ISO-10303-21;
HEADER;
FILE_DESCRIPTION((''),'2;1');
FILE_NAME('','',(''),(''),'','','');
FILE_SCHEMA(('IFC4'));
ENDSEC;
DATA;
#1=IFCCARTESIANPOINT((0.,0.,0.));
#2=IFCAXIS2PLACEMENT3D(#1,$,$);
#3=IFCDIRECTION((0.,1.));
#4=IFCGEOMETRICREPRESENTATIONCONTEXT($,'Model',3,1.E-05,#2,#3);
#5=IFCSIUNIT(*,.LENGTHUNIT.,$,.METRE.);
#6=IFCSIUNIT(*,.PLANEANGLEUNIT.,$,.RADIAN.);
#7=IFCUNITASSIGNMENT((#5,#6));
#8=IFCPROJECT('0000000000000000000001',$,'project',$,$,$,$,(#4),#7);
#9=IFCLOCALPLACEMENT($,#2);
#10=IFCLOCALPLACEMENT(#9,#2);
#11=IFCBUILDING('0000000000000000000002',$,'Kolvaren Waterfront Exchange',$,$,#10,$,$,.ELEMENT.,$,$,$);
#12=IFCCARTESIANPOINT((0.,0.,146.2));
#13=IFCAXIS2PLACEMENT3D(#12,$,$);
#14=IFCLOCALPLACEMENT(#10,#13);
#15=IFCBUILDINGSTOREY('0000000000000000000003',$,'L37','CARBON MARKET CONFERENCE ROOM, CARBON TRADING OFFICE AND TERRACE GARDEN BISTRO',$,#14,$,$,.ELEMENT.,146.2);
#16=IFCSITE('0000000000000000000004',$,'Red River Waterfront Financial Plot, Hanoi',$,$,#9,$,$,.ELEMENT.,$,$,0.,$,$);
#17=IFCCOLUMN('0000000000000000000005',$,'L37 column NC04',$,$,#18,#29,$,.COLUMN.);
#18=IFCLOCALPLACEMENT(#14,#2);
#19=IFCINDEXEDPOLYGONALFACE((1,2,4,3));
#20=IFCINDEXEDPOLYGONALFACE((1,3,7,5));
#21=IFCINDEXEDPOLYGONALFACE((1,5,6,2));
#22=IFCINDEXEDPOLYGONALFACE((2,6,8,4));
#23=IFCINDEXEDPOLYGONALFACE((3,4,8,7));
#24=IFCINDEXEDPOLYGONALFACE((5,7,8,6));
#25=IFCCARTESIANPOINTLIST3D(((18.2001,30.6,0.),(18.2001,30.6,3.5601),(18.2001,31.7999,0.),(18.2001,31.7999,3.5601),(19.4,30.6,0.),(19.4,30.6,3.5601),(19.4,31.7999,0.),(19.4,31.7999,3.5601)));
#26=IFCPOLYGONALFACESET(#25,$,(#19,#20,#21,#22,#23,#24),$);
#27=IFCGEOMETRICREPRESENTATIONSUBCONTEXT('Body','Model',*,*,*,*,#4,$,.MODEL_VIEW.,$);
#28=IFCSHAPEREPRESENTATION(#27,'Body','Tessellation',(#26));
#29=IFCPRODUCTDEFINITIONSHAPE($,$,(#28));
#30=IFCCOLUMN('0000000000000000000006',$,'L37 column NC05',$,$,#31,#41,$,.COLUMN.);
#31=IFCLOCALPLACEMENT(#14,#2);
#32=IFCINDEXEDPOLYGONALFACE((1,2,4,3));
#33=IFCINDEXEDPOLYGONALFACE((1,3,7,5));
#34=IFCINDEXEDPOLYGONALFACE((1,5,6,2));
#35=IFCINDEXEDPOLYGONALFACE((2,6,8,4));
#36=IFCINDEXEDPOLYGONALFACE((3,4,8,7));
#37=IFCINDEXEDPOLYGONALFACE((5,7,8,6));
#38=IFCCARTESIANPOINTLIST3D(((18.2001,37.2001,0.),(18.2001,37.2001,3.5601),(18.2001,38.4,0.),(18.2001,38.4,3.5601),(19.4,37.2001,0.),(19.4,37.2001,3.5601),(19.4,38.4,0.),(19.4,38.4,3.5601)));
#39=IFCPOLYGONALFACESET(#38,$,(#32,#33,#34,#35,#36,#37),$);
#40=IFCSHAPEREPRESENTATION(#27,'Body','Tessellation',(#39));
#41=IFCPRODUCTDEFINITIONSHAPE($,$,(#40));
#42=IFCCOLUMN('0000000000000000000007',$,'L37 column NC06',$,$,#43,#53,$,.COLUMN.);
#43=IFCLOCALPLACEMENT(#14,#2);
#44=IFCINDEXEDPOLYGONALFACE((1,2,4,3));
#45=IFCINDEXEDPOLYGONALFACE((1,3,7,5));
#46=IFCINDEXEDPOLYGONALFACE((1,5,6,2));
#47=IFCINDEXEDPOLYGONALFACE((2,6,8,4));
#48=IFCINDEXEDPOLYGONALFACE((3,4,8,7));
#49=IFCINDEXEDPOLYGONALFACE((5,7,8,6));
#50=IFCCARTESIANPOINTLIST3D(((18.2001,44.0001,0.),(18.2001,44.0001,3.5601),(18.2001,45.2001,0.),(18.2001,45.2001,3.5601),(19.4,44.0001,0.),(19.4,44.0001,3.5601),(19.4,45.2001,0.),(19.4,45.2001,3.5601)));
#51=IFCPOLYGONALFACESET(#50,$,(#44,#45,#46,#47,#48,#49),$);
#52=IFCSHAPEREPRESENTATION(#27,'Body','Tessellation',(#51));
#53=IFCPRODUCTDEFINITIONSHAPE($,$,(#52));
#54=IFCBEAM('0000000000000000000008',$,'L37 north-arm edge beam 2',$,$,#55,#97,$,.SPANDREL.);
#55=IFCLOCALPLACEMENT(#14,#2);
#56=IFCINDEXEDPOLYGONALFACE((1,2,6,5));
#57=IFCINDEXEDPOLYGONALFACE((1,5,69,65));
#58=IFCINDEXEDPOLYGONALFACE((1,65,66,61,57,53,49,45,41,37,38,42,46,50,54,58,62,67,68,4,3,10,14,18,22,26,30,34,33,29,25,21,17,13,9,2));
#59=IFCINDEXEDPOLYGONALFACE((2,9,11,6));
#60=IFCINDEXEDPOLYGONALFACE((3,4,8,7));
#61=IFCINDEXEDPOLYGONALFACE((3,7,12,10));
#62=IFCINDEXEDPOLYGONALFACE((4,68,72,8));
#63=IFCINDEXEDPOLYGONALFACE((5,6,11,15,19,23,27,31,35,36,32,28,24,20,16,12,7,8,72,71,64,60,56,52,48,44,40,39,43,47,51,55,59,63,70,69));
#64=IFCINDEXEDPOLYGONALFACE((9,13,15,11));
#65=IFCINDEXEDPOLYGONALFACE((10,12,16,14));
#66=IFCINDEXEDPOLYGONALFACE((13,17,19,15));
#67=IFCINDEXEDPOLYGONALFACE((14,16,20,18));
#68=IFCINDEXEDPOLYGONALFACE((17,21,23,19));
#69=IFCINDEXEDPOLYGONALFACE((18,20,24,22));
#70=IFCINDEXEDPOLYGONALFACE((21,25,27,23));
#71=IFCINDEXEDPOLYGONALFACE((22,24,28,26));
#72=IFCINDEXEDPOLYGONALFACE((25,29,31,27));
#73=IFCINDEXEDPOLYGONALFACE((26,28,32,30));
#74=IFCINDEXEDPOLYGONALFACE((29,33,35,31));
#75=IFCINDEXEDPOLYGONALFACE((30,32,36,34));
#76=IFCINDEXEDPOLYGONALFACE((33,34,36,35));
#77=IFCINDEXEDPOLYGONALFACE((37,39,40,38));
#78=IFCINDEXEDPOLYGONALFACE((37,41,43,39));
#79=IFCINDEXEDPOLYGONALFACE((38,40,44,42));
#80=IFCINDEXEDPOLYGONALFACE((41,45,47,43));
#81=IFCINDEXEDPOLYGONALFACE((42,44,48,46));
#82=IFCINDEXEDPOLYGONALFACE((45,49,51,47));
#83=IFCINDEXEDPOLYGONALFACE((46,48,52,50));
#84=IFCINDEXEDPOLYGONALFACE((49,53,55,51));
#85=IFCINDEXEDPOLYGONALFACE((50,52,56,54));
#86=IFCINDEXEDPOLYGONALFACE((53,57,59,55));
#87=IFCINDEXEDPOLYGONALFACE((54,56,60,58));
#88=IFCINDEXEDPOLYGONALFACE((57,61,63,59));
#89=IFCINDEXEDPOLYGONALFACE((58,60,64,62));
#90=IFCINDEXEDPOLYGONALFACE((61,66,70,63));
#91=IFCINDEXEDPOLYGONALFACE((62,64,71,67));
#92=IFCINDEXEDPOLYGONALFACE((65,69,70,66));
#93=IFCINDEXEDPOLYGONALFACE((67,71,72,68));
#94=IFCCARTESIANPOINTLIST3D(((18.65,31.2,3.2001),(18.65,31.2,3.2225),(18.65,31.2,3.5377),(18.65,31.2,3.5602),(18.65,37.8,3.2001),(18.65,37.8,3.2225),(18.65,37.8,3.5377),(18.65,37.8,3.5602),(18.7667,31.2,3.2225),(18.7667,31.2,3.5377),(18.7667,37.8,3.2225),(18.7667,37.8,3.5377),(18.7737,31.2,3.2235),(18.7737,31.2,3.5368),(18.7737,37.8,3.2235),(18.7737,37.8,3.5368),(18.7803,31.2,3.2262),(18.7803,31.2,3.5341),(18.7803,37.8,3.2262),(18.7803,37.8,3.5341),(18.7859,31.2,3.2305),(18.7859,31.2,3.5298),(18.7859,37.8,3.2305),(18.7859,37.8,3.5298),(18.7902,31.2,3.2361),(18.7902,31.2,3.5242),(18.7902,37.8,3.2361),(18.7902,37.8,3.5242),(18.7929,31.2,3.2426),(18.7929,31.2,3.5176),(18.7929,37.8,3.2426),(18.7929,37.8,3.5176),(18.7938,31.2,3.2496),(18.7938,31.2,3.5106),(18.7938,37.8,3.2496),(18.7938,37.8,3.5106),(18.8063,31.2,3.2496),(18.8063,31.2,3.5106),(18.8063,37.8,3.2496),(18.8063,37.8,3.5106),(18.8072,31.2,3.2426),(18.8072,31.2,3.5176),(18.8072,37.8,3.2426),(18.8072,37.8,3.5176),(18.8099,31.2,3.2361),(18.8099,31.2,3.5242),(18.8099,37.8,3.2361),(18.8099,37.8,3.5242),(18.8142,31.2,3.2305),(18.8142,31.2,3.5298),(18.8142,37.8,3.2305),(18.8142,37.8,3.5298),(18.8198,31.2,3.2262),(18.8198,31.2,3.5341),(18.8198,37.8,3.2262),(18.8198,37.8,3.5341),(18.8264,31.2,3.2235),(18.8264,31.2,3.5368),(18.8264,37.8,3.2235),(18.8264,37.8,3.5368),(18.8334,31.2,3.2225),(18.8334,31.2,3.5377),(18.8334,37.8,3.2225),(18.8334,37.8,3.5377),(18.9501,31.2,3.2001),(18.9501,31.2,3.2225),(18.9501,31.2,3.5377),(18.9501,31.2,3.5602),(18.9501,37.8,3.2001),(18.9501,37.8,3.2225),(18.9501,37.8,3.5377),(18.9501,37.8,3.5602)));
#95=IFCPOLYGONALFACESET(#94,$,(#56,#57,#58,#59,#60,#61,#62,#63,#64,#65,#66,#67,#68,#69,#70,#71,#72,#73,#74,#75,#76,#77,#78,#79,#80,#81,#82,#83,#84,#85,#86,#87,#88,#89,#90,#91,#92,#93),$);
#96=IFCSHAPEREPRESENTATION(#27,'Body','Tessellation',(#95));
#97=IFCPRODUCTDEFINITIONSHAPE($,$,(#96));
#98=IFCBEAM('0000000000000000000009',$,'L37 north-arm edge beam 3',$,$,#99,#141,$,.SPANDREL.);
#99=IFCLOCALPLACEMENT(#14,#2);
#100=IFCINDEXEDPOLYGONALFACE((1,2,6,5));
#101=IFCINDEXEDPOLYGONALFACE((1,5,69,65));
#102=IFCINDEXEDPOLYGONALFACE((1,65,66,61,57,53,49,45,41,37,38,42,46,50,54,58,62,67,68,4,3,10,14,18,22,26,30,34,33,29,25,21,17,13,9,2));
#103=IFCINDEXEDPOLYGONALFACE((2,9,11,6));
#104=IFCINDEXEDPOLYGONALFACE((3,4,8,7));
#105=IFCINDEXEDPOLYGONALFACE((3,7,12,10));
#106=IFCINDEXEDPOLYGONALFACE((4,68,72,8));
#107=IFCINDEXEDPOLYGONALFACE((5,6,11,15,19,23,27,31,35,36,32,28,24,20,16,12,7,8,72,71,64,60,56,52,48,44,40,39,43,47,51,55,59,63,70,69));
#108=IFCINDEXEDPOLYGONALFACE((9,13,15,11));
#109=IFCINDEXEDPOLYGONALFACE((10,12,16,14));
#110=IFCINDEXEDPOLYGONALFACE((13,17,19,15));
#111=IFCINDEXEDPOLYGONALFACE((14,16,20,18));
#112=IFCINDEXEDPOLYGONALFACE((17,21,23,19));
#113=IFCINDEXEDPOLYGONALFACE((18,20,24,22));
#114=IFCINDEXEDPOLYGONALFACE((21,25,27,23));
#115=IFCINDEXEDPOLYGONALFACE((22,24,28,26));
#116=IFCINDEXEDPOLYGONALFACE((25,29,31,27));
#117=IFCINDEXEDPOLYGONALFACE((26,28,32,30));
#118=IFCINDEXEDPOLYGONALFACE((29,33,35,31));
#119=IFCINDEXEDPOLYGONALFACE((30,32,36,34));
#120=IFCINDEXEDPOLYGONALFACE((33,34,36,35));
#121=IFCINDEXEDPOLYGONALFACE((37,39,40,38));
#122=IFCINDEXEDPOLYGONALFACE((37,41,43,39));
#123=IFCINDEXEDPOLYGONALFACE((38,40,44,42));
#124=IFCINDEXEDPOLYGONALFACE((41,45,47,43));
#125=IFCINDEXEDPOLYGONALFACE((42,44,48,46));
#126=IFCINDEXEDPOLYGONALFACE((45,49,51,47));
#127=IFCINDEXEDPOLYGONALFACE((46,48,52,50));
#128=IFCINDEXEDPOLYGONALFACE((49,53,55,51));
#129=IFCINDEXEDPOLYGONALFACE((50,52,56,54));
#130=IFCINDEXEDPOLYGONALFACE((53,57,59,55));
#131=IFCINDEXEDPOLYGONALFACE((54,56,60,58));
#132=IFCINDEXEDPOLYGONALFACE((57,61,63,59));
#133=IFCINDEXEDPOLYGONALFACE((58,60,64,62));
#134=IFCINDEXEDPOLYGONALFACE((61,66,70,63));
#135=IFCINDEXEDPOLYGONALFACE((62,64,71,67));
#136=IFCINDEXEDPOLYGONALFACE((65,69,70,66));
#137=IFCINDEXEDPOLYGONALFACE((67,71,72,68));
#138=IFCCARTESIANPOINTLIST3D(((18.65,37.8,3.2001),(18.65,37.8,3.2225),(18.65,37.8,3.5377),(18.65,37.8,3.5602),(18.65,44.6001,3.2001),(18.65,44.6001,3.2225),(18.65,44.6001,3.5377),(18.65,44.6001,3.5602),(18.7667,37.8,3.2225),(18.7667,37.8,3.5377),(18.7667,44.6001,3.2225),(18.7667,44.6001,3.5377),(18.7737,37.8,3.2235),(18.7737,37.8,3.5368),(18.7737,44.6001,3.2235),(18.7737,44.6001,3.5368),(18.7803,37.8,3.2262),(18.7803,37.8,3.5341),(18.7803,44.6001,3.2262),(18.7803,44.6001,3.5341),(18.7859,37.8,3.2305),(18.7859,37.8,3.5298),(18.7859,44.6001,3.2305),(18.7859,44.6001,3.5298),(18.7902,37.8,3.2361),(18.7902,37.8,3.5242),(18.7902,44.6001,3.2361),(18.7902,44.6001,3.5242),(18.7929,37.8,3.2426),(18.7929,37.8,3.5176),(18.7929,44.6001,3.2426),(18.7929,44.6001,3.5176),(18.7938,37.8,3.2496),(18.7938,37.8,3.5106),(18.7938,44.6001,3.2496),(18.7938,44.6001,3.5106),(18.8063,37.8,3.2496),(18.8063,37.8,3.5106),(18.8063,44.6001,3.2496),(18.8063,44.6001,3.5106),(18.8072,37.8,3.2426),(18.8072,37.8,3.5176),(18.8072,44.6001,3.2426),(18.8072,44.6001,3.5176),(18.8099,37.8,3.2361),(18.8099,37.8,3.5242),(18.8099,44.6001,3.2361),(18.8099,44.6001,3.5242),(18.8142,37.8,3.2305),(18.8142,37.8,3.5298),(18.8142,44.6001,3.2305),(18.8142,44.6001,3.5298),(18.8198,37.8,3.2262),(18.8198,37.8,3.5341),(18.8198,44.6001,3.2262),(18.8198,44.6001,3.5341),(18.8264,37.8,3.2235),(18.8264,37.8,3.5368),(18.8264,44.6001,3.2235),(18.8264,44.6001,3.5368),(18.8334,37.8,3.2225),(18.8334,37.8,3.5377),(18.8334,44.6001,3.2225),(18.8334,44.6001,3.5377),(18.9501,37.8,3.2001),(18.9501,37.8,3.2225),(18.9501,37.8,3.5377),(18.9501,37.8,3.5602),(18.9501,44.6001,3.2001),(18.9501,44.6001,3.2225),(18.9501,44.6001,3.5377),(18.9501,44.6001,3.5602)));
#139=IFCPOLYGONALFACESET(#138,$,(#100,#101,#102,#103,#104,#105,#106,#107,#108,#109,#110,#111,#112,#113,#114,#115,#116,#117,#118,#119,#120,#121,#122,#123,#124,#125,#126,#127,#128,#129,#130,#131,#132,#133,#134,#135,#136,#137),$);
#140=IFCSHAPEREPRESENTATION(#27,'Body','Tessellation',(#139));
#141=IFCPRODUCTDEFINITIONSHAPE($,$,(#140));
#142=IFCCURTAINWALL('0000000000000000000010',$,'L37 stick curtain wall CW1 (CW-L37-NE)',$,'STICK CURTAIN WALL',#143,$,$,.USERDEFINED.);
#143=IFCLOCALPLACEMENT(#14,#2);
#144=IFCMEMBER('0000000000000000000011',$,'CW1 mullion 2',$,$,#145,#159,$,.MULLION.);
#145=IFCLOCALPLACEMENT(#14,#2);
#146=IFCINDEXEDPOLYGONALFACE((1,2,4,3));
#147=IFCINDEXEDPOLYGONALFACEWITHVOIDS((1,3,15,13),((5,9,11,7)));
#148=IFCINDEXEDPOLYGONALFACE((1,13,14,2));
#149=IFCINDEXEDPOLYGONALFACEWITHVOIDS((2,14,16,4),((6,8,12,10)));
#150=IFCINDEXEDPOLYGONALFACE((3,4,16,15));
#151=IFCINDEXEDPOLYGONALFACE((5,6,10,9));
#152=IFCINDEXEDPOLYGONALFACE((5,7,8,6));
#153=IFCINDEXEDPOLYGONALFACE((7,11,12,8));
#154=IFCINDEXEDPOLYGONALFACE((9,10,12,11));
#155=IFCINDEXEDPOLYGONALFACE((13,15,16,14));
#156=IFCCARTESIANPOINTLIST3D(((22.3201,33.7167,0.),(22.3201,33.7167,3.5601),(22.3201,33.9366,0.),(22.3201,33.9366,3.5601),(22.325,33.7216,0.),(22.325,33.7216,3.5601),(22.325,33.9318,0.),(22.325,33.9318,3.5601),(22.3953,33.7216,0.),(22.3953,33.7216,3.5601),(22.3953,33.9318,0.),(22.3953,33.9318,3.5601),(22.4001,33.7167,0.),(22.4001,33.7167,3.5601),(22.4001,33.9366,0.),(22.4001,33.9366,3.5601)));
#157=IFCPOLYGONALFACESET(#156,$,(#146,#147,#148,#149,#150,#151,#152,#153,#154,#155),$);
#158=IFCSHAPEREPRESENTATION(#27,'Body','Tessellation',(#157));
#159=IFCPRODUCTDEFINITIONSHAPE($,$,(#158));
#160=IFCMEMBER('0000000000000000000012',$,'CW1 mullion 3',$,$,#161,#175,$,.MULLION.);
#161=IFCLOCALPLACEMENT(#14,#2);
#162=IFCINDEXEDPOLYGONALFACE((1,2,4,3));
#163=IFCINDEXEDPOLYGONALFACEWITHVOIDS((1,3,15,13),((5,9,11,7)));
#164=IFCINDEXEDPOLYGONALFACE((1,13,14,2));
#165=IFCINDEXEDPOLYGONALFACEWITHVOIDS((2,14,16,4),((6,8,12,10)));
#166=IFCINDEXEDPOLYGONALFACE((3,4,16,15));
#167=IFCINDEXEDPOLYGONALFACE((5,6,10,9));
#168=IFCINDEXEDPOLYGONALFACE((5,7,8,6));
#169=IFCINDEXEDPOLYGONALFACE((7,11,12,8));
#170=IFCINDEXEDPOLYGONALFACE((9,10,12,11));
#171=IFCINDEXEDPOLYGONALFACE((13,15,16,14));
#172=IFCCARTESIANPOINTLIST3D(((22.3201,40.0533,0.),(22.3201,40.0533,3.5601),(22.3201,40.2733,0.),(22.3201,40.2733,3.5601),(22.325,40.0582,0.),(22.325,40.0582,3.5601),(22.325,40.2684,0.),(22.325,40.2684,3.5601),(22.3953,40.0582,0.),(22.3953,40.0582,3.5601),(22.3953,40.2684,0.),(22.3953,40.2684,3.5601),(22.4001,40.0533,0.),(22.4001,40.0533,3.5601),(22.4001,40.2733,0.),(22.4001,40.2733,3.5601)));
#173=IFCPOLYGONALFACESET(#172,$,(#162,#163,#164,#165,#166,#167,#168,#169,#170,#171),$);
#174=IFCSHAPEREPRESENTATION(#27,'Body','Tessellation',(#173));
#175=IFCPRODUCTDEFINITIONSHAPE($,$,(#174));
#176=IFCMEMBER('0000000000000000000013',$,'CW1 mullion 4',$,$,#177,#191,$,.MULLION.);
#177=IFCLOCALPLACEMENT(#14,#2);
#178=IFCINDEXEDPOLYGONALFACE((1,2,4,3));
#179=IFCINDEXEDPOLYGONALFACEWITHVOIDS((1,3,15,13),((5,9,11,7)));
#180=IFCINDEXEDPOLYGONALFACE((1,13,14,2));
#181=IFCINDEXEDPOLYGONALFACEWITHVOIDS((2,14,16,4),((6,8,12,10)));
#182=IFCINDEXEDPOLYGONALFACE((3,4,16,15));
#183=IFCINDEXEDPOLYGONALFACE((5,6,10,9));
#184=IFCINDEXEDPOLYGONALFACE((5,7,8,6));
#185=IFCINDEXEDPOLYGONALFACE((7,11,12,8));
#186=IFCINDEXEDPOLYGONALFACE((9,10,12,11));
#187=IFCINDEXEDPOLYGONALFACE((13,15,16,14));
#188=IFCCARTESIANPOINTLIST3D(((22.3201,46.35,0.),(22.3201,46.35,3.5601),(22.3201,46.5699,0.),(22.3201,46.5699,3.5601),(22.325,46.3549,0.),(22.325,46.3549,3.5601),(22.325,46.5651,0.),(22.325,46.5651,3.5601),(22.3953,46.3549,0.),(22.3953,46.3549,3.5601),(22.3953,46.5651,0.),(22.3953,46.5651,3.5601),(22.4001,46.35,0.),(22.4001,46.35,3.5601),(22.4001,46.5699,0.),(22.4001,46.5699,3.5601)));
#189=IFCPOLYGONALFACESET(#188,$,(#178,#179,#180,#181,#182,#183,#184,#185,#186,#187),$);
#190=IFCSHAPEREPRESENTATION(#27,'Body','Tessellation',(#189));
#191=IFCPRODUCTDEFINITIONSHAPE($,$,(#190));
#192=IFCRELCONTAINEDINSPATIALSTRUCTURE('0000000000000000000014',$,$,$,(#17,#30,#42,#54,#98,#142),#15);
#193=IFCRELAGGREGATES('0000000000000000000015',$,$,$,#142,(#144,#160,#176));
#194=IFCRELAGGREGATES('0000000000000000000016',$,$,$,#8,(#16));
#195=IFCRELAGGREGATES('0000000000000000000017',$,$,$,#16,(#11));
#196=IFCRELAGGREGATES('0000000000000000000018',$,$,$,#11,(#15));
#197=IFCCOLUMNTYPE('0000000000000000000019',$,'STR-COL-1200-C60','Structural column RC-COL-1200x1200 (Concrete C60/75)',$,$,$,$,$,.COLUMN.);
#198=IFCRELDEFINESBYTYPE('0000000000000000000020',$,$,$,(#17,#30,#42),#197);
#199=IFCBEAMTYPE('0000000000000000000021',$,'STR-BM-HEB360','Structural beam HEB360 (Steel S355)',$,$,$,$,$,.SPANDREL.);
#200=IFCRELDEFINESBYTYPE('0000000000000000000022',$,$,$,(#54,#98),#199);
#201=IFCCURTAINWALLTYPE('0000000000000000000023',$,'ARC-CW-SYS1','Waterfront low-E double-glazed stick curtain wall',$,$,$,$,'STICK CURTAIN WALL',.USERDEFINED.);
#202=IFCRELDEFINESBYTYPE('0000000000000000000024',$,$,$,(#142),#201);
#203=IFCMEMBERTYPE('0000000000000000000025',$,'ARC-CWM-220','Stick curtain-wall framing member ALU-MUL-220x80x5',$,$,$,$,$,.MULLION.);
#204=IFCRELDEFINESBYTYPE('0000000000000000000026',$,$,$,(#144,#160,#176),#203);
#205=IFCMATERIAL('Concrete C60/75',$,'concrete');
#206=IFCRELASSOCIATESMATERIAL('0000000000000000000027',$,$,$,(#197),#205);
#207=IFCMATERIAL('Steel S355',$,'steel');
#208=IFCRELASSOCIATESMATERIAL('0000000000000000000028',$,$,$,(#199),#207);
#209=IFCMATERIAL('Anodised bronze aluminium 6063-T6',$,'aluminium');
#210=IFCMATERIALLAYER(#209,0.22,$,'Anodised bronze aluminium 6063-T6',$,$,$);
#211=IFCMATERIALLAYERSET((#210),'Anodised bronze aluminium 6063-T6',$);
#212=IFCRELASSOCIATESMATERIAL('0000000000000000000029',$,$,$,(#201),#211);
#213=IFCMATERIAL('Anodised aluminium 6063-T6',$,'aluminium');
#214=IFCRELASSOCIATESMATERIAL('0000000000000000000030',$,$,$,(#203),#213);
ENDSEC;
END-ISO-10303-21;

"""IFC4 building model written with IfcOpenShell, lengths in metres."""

from ifc_helpers import new_model, si_unit, direction, frame, origin, origin_with_axes, origin_2d, place, context, subcontext, project, spatial, rectangle, hollow_rectangle, i_section, extrude, source, transform, mapped, material, layer, layer_set, material_profile, profile_set, type_object, element, aggregate, save


model = new_model("IFC4")

# Units and contexts
model_context = context("Model", 3, precision=1e-05, world=origin(), true_north=direction((0.0, 1.0)))
body_context = subcontext(model_context, "Body", "Model", "MODEL_VIEW")
ifc_project = project(units=[si_unit("LENGTHUNIT", "METRE"), si_unit("PLANEANGLEUNIT", "RADIAN")], contexts=[model_context])

# Site, building, storey
site_placement = place(None, origin())
site = spatial("IfcSite", under=ifc_project, at=site_placement, Name="Red River Waterfront Financial Plot, Hanoi", CompositionType="ELEMENT", RefElevation=0.0)
building_placement = place(site_placement, origin())
building = spatial("IfcBuilding", under=site, at=building_placement, Name="Kolvaren Waterfront Exchange", CompositionType="ELEMENT")
storey_placement = place(building_placement, frame((0.0, 0.0, 146.2)))
storey = spatial("IfcBuildingStorey", under=building, at=storey_placement, Name="L37", Description="CARBON MARKET CONFERENCE ROOM, CARBON TRADING OFFICE AND TERRACE GARDEN BISTRO", CompositionType="ELEMENT", Elevation=146.2)

# Columns
ifc_material_1 = material(Name="Concrete C60/75", Category="concrete")
ifc_material_profile_1 = material_profile(ifc_material_1, rectangle(XDim=1.2, YDim=1.2, at=origin_2d()), Name="RC-COL-1200x1200")
ifc_profile_set_1 = profile_set([ifc_material_profile_1], Name="Concrete C60/75")
column_type = type_object("IfcColumnType", Name="STR-COL-1200-C60", Description="Structural column RC-COL-1200x1200 (Concrete C60/75)", PredefinedType="COLUMN", material=ifc_profile_set_1)
for number, where, z_axis, x_axis, name in (
    (1, (18.8, 31.2, 0.0), (0.0, 0.0, 1.0), (1.0, 0.0, 0.0), "L37 column NC04"),
    (2, (18.8, 37.8, 0.0), (0.0, 0.0, 1.0), (1.0, 0.0, 0.0), "L37 column NC05"),
    (3, (18.8, 44.6001, 0.0), (0.0, 0.0, 1.0), (1.0, 0.0, 0.0), "L37 column NC06"),
):
    element("IfcColumn", number, at=place(storey_placement, frame(where, z_axis=z_axis, x_axis=x_axis)), inside=storey, type_object=column_type, Name=name, PredefinedType="COLUMN", context=body_context, shape_type="SweptSolid", body=[
        extrude(rectangle(XDim=1.2, YDim=1.2, at=origin_2d()), origin(), (0.0, 0.0, 1.0), 3.5601),
    ])

# Beams
ifc_material_2 = material(Name="Steel S355", Category="steel")
ifc_material_profile_2 = material_profile(ifc_material_2, i_section(OverallWidth=0.3, OverallDepth=0.3601, WebThickness=0.0125, FlangeThickness=0.0225, FilletRadius=0.0271, at=origin_2d()), Name="HEB360")
ifc_profile_set_2 = profile_set([ifc_material_profile_2], Name="Steel S355")
beam_type = type_object("IfcBeamType", Name="STR-BM-HEB360", Description="Structural beam HEB360 (Steel S355)", PredefinedType="SPANDREL", material=ifc_profile_set_2)
beam_1_placement = place(storey_placement, frame((18.8, 31.2, 3.3801), z_axis=(0.0, 1.0, 0.0), x_axis=(-1.0, 0.0, 0.0)))
element("IfcBeam", 4, at=beam_1_placement, inside=storey, type_object=beam_type, Name="L37 north-arm edge beam 2", PredefinedType="SPANDREL", context=body_context, shape_type="SweptSolid", body=[
    extrude(i_section(OverallWidth=0.3, OverallDepth=0.3601, WebThickness=0.0125, FlangeThickness=0.0225, FilletRadius=0.0271, at=origin_2d()), origin(), (0.0, 0.0, 1.0), 6.6001),
])
beam_2_placement = place(storey_placement, frame((18.8, 37.8, 3.3801), z_axis=(0.0, 1.0, 0.0), x_axis=(-1.0, 0.0, 0.0)))
element("IfcBeam", 5, at=beam_2_placement, inside=storey, type_object=beam_type, Name="L37 north-arm edge beam 3", PredefinedType="SPANDREL", context=body_context, shape_type="SweptSolid", body=[
    extrude(i_section(OverallWidth=0.3, OverallDepth=0.3601, WebThickness=0.0125, FlangeThickness=0.0225, FilletRadius=0.0271, at=origin_2d()), origin(), (0.0, 0.0, 1.0), 6.8),
])

# Curtain wall, members
ifc_material_3 = material(Name="Anodised bronze aluminium 6063-T6", Category="aluminium")
ifc_layer_1 = layer(ifc_material_3, 0.22, Name="Anodised bronze aluminium 6063-T6")
ifc_layer_set_1 = layer_set([ifc_layer_1], Name="Anodised bronze aluminium 6063-T6")
curtain_wall_type = type_object("IfcCurtainWallType", Name="ARC-CW-SYS1", Description="Waterfront low-E double-glazed stick curtain wall", ElementType="STICK CURTAIN WALL", PredefinedType="USERDEFINED", material=ifc_layer_set_1)
curtain_wall_placement = place(storey_placement, origin())
curtain_wall = element("IfcCurtainWall", 6, at=curtain_wall_placement, inside=storey, type_object=curtain_wall_type, Name="L37 stick curtain wall CW1 (CW-L37-NE)", ObjectType="STICK CURTAIN WALL", PredefinedType="USERDEFINED")
ifc_material_4 = material(Name="Anodised aluminium 6063-T6", Category="aluminium")
ifc_material_profile_3 = material_profile(ifc_material_4, hollow_rectangle(XDim=0.0801, YDim=0.22, WallThickness=0.0049, at=origin_2d()), Name="ALU-MUL-220x80x5")
ifc_profile_set_3 = profile_set([ifc_material_profile_3], Name="Anodised aluminium 6063-T6")
member_type_1 = type_object("IfcMemberType", Name="ARC-CWM-220", Description="Stick curtain-wall framing member ALU-MUL-220x80x5", PredefinedType="MULLION", material=ifc_profile_set_3)
shared_shape_1 = source(origin_with_axes(), body_context, "Body", "SweptSolid", [
    extrude(hollow_rectangle(XDim=0.0801, YDim=0.22, WallThickness=0.0049, at=origin_2d()), origin(), (0.0, 0.0, 1.0), 3.5601),
])
member_1_placement = place(storey_placement, frame((22.3601, 33.8267, 0.0), z_axis=(0.0, 0.0, 1.0), x_axis=(-1.0, 0.0, 0.0)))
member_1 = element("IfcMember", 7, at=member_1_placement, type_object=member_type_1, Name="CW1 mullion 2", PredefinedType="MULLION", context=body_context, shape_type="MappedRepresentation", body=[
    mapped(shared_shape_1, transform((0.0, 0.0, 0.0), x_axis=(1.0, 0.0, 0.0), y_axis=(0.0, 1.0, 0.0), z_axis=(0.0, 0.0, 1.0), scale=1.0)),
])
member_2_placement = place(storey_placement, frame((22.3601, 40.1633, 0.0), z_axis=(0.0, 0.0, 1.0), x_axis=(-1.0, 0.0, 0.0)))
member_2 = element("IfcMember", 8, at=member_2_placement, type_object=member_type_1, Name="CW1 mullion 3", PredefinedType="MULLION", context=body_context, shape_type="MappedRepresentation", body=[
    mapped(shared_shape_1, transform((0.0, 0.0, 0.0), x_axis=(1.0, 0.0, 0.0), y_axis=(0.0, 1.0, 0.0), z_axis=(0.0, 0.0, 1.0), scale=1.0)),
])
member_3_placement = place(storey_placement, frame((22.3601, 46.46, 0.0), z_axis=(0.0, 0.0, 1.0), x_axis=(-1.0, 0.0, 0.0)))
member_3 = element("IfcMember", 9, at=member_3_placement, type_object=member_type_1, Name="CW1 mullion 4", PredefinedType="MULLION", context=body_context, shape_type="MappedRepresentation", body=[
    mapped(shared_shape_1, transform((0.0, 0.0, 0.0), x_axis=(1.0, 0.0, 0.0), y_axis=(0.0, 1.0, 0.0), z_axis=(0.0, 0.0, 1.0), scale=1.0)),
])
aggregate(curtain_wall, [member_1, member_2, member_3])

save(model, "model.ifc")
